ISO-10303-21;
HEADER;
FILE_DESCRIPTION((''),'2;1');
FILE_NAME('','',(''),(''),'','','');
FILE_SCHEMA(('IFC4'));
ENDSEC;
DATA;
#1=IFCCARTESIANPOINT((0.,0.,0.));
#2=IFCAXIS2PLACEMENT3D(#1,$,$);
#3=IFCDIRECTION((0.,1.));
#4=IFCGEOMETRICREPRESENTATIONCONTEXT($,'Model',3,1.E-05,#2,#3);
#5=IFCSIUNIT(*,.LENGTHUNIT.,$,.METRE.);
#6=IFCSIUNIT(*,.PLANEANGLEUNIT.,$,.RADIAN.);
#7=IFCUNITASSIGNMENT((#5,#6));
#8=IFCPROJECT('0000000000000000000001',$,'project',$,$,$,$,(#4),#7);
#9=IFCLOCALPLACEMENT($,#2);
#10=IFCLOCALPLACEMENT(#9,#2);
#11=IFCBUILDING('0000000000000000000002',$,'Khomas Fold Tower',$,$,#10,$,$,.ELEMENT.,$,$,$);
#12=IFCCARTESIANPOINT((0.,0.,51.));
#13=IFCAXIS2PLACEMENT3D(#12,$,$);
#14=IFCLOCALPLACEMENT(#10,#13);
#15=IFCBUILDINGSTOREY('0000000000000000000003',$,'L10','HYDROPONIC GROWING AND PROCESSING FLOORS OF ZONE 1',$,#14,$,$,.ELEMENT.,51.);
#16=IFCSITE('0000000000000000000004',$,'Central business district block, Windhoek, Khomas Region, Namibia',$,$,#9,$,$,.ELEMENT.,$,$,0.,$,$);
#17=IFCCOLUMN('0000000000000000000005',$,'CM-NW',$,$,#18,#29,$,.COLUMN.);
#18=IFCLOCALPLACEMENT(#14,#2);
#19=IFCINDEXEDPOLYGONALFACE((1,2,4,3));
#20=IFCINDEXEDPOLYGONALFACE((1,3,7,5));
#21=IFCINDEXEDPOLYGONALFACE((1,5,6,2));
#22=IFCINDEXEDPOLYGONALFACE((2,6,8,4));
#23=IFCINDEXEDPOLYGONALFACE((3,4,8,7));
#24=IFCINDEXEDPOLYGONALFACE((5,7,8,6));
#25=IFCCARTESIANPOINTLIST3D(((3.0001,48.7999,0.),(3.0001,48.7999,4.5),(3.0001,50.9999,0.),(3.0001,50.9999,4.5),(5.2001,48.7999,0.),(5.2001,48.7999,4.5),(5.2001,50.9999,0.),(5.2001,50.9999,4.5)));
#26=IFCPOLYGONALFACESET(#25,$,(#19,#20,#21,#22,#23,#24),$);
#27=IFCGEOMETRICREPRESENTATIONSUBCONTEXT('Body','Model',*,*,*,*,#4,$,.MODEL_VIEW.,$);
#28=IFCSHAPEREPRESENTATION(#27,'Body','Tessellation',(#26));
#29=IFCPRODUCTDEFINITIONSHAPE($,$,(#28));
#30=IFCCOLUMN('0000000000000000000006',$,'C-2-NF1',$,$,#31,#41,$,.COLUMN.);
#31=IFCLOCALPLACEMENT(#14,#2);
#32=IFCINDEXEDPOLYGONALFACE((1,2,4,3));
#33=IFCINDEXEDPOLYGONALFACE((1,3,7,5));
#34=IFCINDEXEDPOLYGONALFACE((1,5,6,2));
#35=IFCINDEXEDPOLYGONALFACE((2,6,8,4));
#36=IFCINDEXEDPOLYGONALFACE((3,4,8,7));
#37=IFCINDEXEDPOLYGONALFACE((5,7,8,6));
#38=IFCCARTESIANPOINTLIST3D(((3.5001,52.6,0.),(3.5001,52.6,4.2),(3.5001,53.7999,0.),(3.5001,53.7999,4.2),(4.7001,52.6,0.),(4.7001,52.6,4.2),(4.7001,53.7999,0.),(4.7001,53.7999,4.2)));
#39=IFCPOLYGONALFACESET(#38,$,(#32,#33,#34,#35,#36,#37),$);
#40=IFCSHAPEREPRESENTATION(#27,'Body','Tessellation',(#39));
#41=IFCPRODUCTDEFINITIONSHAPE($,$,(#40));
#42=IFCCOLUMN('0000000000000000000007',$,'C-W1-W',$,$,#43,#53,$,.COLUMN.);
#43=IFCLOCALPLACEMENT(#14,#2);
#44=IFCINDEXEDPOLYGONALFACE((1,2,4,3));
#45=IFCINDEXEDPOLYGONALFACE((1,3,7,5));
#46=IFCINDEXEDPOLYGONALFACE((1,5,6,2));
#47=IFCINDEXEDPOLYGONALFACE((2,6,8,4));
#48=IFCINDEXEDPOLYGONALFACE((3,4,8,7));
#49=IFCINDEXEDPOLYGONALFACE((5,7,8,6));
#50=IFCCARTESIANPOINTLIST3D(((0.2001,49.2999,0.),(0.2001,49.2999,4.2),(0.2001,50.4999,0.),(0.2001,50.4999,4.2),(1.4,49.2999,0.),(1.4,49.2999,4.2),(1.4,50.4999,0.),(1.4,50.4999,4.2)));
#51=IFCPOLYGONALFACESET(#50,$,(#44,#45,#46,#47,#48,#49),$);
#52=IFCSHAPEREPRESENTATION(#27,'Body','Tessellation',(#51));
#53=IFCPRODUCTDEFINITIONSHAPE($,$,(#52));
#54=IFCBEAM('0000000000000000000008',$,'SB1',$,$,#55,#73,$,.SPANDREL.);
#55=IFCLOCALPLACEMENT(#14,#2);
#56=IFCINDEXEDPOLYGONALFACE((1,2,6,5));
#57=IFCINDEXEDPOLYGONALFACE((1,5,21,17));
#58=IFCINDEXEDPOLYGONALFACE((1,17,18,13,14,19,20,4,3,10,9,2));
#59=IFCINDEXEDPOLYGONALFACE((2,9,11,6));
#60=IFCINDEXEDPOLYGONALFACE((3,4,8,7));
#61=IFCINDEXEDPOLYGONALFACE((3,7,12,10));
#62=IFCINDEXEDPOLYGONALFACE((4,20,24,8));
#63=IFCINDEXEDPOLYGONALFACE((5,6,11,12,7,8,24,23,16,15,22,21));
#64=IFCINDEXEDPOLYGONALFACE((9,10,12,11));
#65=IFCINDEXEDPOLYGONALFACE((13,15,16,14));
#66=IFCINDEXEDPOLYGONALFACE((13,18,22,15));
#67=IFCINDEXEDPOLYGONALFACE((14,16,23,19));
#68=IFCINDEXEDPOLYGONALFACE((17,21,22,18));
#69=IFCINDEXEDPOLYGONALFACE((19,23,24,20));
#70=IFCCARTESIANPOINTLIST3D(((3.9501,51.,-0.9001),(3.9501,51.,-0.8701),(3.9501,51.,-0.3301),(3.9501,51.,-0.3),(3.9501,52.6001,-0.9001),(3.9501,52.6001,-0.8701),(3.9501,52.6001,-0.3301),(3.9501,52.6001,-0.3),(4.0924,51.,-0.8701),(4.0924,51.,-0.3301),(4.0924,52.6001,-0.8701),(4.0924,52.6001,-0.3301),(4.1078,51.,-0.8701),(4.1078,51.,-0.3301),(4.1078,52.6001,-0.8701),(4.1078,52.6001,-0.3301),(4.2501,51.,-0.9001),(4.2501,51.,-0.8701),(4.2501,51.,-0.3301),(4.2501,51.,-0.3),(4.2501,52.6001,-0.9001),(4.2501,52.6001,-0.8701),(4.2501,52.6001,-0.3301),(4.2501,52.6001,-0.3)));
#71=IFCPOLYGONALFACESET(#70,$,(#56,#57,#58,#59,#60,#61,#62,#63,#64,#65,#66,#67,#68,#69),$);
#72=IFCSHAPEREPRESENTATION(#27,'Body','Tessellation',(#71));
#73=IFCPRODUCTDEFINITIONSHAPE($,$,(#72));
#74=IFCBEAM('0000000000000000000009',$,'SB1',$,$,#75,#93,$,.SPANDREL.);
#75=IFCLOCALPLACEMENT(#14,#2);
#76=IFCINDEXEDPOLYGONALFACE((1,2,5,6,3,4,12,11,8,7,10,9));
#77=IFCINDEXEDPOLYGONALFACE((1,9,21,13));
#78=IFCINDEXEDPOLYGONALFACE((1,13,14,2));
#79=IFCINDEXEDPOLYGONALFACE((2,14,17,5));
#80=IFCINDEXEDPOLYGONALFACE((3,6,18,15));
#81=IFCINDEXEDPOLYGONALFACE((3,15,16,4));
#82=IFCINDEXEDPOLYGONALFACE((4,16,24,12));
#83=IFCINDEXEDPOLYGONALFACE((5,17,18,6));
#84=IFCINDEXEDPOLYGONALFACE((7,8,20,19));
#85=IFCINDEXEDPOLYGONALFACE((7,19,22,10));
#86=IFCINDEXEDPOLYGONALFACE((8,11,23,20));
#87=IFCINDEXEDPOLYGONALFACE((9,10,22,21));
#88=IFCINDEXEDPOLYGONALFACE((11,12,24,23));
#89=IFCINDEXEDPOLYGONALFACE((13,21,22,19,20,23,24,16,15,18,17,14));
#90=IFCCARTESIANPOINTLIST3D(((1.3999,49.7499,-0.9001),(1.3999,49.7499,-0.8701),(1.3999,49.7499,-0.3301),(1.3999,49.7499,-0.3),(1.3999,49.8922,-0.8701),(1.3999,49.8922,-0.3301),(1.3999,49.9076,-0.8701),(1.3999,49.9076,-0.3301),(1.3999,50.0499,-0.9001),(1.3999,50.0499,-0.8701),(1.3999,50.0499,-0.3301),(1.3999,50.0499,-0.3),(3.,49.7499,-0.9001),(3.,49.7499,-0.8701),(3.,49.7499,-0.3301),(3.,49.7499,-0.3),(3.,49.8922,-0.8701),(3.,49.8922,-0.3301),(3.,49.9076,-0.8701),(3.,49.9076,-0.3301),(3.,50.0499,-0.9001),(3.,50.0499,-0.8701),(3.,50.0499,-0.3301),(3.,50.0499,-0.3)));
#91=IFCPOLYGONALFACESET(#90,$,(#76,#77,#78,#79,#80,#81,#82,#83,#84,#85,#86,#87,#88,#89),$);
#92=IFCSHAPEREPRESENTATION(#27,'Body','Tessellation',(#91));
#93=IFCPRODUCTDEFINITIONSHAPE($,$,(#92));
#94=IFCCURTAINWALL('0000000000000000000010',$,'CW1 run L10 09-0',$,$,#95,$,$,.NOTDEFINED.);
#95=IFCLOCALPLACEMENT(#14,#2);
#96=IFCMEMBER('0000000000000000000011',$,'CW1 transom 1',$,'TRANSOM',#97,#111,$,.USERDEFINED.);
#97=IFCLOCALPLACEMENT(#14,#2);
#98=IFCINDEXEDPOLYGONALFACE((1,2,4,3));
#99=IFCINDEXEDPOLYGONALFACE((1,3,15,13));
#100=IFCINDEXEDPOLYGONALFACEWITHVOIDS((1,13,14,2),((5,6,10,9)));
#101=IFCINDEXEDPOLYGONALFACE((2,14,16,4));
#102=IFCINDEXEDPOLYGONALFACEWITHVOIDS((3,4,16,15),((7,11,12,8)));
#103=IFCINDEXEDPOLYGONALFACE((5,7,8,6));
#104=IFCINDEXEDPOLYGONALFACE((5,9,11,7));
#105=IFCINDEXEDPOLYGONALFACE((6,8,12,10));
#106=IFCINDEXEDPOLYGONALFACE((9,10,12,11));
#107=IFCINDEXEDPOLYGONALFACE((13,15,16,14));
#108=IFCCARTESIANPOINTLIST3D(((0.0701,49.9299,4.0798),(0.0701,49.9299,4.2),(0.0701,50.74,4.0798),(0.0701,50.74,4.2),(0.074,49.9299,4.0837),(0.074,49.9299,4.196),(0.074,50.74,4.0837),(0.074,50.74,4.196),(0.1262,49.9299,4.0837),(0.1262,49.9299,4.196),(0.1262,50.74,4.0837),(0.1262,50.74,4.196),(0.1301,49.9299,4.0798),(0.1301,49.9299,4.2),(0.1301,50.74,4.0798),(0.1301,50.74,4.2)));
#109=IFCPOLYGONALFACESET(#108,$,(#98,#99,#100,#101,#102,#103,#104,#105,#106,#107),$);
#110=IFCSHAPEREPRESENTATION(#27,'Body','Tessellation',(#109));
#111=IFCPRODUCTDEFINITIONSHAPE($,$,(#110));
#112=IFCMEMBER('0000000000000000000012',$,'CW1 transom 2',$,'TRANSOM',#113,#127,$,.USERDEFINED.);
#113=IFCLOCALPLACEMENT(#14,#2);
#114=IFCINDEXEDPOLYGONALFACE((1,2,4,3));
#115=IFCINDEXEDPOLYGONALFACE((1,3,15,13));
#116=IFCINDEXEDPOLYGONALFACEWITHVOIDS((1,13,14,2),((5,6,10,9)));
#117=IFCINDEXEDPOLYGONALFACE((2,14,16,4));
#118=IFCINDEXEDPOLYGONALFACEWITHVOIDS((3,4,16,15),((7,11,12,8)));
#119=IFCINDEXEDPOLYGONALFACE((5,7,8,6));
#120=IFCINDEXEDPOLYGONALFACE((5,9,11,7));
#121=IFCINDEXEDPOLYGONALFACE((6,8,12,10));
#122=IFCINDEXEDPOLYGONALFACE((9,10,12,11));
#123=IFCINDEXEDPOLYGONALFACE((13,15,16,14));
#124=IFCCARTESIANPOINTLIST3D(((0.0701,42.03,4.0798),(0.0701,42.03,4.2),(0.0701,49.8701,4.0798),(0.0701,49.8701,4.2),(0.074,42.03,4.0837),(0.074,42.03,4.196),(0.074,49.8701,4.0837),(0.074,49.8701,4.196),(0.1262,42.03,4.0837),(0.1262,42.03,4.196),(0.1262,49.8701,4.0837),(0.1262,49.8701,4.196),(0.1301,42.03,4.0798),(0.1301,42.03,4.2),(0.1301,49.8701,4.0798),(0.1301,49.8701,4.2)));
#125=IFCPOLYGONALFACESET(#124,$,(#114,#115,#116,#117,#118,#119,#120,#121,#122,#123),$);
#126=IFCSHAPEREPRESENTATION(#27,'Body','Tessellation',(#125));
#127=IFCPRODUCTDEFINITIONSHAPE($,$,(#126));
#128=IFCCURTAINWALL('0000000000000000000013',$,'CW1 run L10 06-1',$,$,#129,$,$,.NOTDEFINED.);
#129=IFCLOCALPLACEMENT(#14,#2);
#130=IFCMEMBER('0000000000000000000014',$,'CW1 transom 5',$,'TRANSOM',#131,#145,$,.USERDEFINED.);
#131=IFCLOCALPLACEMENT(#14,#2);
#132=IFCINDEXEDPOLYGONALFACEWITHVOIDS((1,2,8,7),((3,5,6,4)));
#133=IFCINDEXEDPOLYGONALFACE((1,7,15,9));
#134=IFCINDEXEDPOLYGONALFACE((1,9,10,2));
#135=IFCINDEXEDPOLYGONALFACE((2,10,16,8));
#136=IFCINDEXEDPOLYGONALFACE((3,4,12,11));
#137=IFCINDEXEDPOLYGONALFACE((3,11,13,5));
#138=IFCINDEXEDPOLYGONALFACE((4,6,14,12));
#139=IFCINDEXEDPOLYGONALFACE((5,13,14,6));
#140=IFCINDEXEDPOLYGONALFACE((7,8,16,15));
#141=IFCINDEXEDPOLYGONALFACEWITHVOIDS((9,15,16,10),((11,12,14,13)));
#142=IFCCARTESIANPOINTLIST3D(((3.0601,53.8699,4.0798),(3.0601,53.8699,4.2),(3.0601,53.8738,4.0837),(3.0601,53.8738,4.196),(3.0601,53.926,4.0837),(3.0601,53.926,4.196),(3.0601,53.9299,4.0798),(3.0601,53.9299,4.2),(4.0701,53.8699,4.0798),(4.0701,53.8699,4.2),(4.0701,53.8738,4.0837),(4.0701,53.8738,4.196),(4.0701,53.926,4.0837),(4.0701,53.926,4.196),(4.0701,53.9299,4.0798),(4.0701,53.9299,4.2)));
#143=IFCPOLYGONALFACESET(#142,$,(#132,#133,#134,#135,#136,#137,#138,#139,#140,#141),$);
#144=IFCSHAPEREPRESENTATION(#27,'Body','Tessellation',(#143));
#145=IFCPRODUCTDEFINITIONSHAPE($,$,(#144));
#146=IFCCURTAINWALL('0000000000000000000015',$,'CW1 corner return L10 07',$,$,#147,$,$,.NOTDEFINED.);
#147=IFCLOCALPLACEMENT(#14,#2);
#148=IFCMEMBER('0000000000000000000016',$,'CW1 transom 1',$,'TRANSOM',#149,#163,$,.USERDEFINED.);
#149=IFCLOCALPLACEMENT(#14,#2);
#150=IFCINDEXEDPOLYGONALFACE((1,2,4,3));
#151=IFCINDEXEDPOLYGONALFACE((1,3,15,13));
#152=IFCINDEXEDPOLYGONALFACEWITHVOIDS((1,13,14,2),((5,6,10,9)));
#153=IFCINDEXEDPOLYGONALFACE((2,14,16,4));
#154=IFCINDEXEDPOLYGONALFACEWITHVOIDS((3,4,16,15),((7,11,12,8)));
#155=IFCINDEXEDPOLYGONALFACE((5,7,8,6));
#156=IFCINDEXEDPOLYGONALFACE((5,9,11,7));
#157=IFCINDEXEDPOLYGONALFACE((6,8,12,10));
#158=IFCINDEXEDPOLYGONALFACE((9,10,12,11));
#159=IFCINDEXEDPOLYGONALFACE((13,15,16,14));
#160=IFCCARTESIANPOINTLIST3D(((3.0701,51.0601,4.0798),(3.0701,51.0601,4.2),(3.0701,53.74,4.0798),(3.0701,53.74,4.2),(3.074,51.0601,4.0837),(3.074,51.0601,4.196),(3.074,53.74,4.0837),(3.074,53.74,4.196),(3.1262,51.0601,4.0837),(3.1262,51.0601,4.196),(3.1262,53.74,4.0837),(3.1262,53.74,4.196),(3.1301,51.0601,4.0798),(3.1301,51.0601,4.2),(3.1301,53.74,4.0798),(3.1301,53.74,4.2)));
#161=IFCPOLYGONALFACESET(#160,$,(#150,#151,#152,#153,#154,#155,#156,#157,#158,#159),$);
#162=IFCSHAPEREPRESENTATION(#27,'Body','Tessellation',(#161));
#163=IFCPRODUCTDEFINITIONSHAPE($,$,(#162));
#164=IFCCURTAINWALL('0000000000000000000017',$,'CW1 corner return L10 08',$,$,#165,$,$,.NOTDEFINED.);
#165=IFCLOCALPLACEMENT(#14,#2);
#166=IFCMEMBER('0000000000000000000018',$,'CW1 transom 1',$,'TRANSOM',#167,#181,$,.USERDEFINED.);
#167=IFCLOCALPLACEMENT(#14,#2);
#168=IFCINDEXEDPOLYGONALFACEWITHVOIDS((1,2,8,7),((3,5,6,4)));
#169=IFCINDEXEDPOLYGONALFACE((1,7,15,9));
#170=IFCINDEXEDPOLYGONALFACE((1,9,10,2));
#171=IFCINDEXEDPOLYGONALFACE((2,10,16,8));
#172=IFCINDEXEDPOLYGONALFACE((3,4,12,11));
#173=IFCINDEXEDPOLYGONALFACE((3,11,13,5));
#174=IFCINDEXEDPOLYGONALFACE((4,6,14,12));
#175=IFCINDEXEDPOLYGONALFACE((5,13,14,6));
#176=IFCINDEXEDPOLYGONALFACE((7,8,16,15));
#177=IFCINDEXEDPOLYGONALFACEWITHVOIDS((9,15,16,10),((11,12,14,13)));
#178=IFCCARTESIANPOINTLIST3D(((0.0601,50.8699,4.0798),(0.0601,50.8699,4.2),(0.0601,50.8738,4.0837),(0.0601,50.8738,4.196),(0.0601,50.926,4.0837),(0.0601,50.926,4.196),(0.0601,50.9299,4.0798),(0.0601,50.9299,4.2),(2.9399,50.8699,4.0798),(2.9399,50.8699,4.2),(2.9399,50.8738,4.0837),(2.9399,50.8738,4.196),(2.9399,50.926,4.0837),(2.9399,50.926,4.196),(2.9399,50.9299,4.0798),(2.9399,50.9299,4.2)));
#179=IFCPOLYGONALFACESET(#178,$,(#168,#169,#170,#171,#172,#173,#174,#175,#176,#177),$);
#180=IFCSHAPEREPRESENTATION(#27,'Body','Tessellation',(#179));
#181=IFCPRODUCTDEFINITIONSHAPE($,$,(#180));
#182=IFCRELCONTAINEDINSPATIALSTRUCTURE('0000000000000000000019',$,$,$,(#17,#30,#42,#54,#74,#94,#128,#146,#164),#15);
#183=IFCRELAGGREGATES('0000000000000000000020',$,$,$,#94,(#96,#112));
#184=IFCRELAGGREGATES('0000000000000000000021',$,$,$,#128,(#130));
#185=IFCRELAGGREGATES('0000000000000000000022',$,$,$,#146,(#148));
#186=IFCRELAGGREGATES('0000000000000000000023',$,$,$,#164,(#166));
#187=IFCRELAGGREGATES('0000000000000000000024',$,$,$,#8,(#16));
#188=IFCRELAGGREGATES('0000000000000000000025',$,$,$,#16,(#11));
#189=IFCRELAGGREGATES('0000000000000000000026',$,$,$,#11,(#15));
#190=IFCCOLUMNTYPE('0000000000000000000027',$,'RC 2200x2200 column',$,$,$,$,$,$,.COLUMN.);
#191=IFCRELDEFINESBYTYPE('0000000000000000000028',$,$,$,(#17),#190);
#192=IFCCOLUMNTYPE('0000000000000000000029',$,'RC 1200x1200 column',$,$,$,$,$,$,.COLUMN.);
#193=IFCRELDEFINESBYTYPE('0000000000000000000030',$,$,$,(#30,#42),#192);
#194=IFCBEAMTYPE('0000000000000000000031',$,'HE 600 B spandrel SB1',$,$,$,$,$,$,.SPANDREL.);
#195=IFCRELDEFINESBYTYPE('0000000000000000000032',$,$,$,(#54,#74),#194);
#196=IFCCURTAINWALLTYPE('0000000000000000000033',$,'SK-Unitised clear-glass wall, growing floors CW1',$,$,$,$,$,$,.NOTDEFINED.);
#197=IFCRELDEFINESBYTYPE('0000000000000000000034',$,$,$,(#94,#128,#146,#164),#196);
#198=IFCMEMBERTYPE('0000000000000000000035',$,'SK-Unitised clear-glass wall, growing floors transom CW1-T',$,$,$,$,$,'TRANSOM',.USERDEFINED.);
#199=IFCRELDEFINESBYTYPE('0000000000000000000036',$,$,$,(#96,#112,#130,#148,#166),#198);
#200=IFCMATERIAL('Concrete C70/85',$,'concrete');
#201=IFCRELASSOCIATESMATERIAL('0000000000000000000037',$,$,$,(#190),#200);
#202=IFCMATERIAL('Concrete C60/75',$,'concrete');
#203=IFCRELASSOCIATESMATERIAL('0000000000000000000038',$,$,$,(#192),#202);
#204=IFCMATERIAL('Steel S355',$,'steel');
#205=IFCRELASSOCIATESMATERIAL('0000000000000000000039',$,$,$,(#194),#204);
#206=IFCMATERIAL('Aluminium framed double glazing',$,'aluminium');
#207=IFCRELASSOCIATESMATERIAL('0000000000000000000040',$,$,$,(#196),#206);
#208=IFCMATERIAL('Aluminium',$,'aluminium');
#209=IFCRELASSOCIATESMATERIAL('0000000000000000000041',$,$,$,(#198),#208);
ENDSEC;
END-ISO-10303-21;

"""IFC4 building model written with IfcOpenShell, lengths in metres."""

from ifc_helpers import new_model, si_unit, direction, frame, origin, origin_2d, place, context, subcontext, project, spatial, rectangle, hollow_rectangle, i_section, extrude, source, transform, mapped, material, material_profile, profile_set, type_object, element, aggregate, save


model = new_model("IFC4")

# Units and contexts
model_context = context("Model", 3, precision=1e-05, world=origin(), true_north=direction((0.0, 1.0)))
body_context = subcontext(model_context, "Body", "Model", "MODEL_VIEW")
ifc_project = project(units=[si_unit("LENGTHUNIT", "METRE"), si_unit("PLANEANGLEUNIT", "RADIAN")], contexts=[model_context])

# Site, building, storey
site_placement = place(None, origin())
site = spatial("IfcSite", under=ifc_project, at=site_placement, Name="Central business district block, Windhoek, Khomas Region, Namibia", CompositionType="ELEMENT", RefElevation=0.0)
building_placement = place(site_placement, origin())
building = spatial("IfcBuilding", under=site, at=building_placement, Name="Khomas Fold Tower", CompositionType="ELEMENT")
storey_placement = place(building_placement, frame((0.0, 0.0, 51.0)))
storey = spatial("IfcBuildingStorey", under=building, at=storey_placement, Name="L10", Description="HYDROPONIC GROWING AND PROCESSING FLOORS OF ZONE 1", CompositionType="ELEMENT", Elevation=51.0)

# Columns
ifc_material_1 = material(Name="Concrete C70/85", Category="concrete")
ifc_material_profile_1 = material_profile(ifc_material_1, rectangle(XDim=2.2, YDim=2.2, at=origin_2d()), Name="RC 2200x2200")
ifc_profile_set_1 = profile_set([ifc_material_profile_1], Name="Concrete C70/85")
column_type_1 = type_object("IfcColumnType", Name="RC 2200x2200 column", PredefinedType="COLUMN", material=ifc_profile_set_1)
shared_shape_1 = source(origin(), body_context, "Body", "SweptSolid", [
    extrude(rectangle(XDim=2.2, YDim=2.2, at=origin_2d()), origin(), (0.0, 0.0, 1.0), 4.5),
])
column_placement = place(storey_placement, frame((4.1001, 49.8999, 0.0), z_axis=(0.0, 0.0, 1.0), x_axis=(1.0, 0.0, 0.0)))
element("IfcColumn", 1, at=column_placement, inside=storey, type_object=column_type_1, Name="CM-NW", PredefinedType="COLUMN", context=body_context, shape_type="MappedRepresentation", body=[
    mapped(shared_shape_1, transform((0.0, 0.0, 0.0))),
])
ifc_material_2 = material(Name="Concrete C60/75", Category="concrete")
ifc_material_profile_2 = material_profile(ifc_material_2, rectangle(XDim=1.2, YDim=1.2, at=origin_2d()), Name="RC 1200x1200")
ifc_profile_set_2 = profile_set([ifc_material_profile_2], Name="Concrete C60/75")
column_type_2 = type_object("IfcColumnType", Name="RC 1200x1200 column", PredefinedType="COLUMN", material=ifc_profile_set_2)
shared_shape_2 = source(origin(), body_context, "Body", "SweptSolid", [
    extrude(rectangle(XDim=1.2, YDim=1.2, at=origin_2d()), origin(), (0.0, 0.0, 1.0), 4.2),
])
for number, where, z_axis, x_axis, name in (
    (2, (4.1001, 53.2, 0.0), (0.0, 0.0, 1.0), (1.0, 0.0, 0.0), "C-2-NF1"),
    (3, (0.8, 49.8999, 0.0), (0.0, 0.0, 1.0), (1.0, 0.0, 0.0), "C-W1-W"),
):
    element("IfcColumn", number, at=place(storey_placement, frame(where, z_axis=z_axis, x_axis=x_axis)), inside=storey, type_object=column_type_2, Name=name, PredefinedType="COLUMN", context=body_context, shape_type="MappedRepresentation", body=[
        mapped(shared_shape_2, transform((0.0, 0.0, 0.0))),
    ])

# Beams
ifc_material_3 = material(Name="Steel S355", Category="steel")
ifc_material_profile_3 = material_profile(ifc_material_3, i_section(OverallWidth=0.3, OverallDepth=0.6001, WebThickness=0.0154, FlangeThickness=0.03, at=origin_2d()), Name="HE 600 B")
ifc_profile_set_3 = profile_set([ifc_material_profile_3], Name="Steel S355")
beam_type = type_object("IfcBeamType", Name="HE 600 B spandrel SB1", PredefinedType="SPANDREL", material=ifc_profile_set_3)
shared_shape_3 = source(origin(), body_context, "Body", "SweptSolid", [
    extrude(i_section(OverallWidth=0.3, OverallDepth=0.6001, WebThickness=0.0154, FlangeThickness=0.03, at=origin_2d()), origin(), (0.0, 0.0, 1.0), 1.6001),
])
for number, where, z_axis, x_axis, name in (
    (4, (4.1001, 51.0, -0.6001), (0.0, 1.0, 0.0), (-1.0, 0.0, 0.0), "SB1"),
    (5, (1.3999, 49.8999, -0.6001), (1.0, 0.0, 0.0), (0.0, 1.0, 0.0), "SB1"),
):
    element("IfcBeam", number, at=place(storey_placement, frame(where, z_axis=z_axis, x_axis=x_axis)), inside=storey, type_object=beam_type, Name=name, PredefinedType="SPANDREL", context=body_context, shape_type="MappedRepresentation", body=[
        mapped(shared_shape_3, transform((0.0, 0.0, 0.0))),
    ])

# Curtain wall, members
ifc_material_4 = material(Name="Aluminium framed double glazing", Category="aluminium")
curtain_wall_type = type_object("IfcCurtainWallType", Name="SK-Unitised clear-glass wall, growing floors CW1", PredefinedType="NOTDEFINED", material=ifc_material_4)
curtain_wall_1_placement = place(storey_placement, origin())
curtain_wall_1 = element("IfcCurtainWall", 6, at=curtain_wall_1_placement, inside=storey, type_object=curtain_wall_type, Name="CW1 run L10 09-0", PredefinedType="NOTDEFINED")
ifc_material_5 = material(Name="Aluminium", Category="aluminium")
ifc_material_profile_4 = material_profile(ifc_material_5, hollow_rectangle(XDim=0.0601, YDim=0.1201, WallThickness=0.0039, at=origin_2d()), Name="SK-Unitised clear-glass wall, growing floors transom CW1-T")
ifc_profile_set_4 = profile_set([ifc_material_profile_4], Name="Aluminium")
member_type_1 = type_object("IfcMemberType", Name="SK-Unitised clear-glass wall, growing floors transom CW1-T", ElementType="TRANSOM", PredefinedType="USERDEFINED", material=ifc_profile_set_4)
shared_shape_4 = source(origin(), body_context, "Body", "SweptSolid", [
    extrude(hollow_rectangle(XDim=0.0601, YDim=0.1201, WallThickness=0.0039, at=origin_2d()), origin(), (0.0, 0.0, 1.0), 0.8101),
])
member_1_placement = place(storey_placement, frame((0.1001, 50.74, 4.1399), z_axis=(0.0, -1.0, 0.0), x_axis=(1.0, 0.0, 0.0)))
member_1 = element("IfcMember", 7, at=member_1_placement, type_object=member_type_1, Name="CW1 transom 1", ObjectType="TRANSOM", PredefinedType="USERDEFINED", context=body_context, shape_type="MappedRepresentation", body=[
    mapped(shared_shape_4, transform((0.0, 0.0, 0.0))),
])
shared_shape_5 = source(origin(), body_context, "Body", "SweptSolid", [
    extrude(hollow_rectangle(XDim=0.0601, YDim=0.1201, WallThickness=0.0039, at=origin_2d()), origin(), (0.0, 0.0, 1.0), 7.8401),
])
member_2_placement = place(storey_placement, frame((0.1001, 49.8701, 4.1399), z_axis=(0.0, -1.0, 0.0), x_axis=(1.0, 0.0, 0.0)))
member_2 = element("IfcMember", 8, at=member_2_placement, type_object=member_type_1, Name="CW1 transom 2", ObjectType="TRANSOM", PredefinedType="USERDEFINED", context=body_context, shape_type="MappedRepresentation", body=[
    mapped(shared_shape_5, transform((0.0, 0.0, 0.0))),
])

# Curtain walls, members
curtain_wall_2_placement = place(storey_placement, origin())
curtain_wall_2 = element("IfcCurtainWall", 9, at=curtain_wall_2_placement, inside=storey, type_object=curtain_wall_type, Name="CW1 run L10 06-1", PredefinedType="NOTDEFINED")
shared_shape_6 = source(origin(), body_context, "Body", "SweptSolid", [
    extrude(hollow_rectangle(XDim=0.0601, YDim=0.1201, WallThickness=0.0039, at=origin_2d()), origin(), (0.0, 0.0, 1.0), 1.01),
])
member_3_placement = place(storey_placement, frame((4.0701, 53.8999, 4.1399), z_axis=(-1.0, 0.0, 0.0), x_axis=(0.0, -1.0, 0.0)))
member_3 = element("IfcMember", 10, at=member_3_placement, type_object=member_type_1, Name="CW1 transom 5", ObjectType="TRANSOM", PredefinedType="USERDEFINED", context=body_context, shape_type="MappedRepresentation", body=[
    mapped(shared_shape_6, transform((0.0, 0.0, 0.0))),
])
curtain_wall_3_placement = place(storey_placement, origin())
curtain_wall_3 = element("IfcCurtainWall", 11, at=curtain_wall_3_placement, inside=storey, type_object=curtain_wall_type, Name="CW1 corner return L10 07", PredefinedType="NOTDEFINED")
shared_shape_7 = source(origin(), body_context, "Body", "SweptSolid", [
    extrude(hollow_rectangle(XDim=0.0601, YDim=0.1201, WallThickness=0.0039, at=origin_2d()), origin(), (0.0, 0.0, 1.0), 2.6799),
])
member_4_placement = place(storey_placement, frame((3.1001, 53.74, 4.1399), z_axis=(0.0, -1.0, 0.0), x_axis=(1.0, 0.0, 0.0)))
member_4 = element("IfcMember", 12, at=member_4_placement, type_object=member_type_1, Name="CW1 transom 1", ObjectType="TRANSOM", PredefinedType="USERDEFINED", context=body_context, shape_type="MappedRepresentation", body=[
    mapped(shared_shape_7, transform((0.0, 0.0, 0.0))),
])
curtain_wall_4_placement = place(storey_placement, origin())
curtain_wall_4 = element("IfcCurtainWall", 13, at=curtain_wall_4_placement, inside=storey, type_object=curtain_wall_type, Name="CW1 corner return L10 08", PredefinedType="NOTDEFINED")
shared_shape_8 = source(origin(), body_context, "Body", "SweptSolid", [
    extrude(hollow_rectangle(XDim=0.0601, YDim=0.1201, WallThickness=0.0039, at=origin_2d()), origin(), (0.0, 0.0, 1.0), 2.8799),
])
member_5_placement = place(storey_placement, frame((2.9399, 50.8999, 4.1399), z_axis=(-1.0, 0.0, 0.0), x_axis=(0.0, -1.0, 0.0)))
member_5 = element("IfcMember", 14, at=member_5_placement, type_object=member_type_1, Name="CW1 transom 1", ObjectType="TRANSOM", PredefinedType="USERDEFINED", context=body_context, shape_type="MappedRepresentation", body=[
    mapped(shared_shape_8, transform((0.0, 0.0, 0.0))),
])

aggregate(curtain_wall_1, [member_1, member_2])
aggregate(curtain_wall_2, [member_3])
aggregate(curtain_wall_3, [member_4])
aggregate(curtain_wall_4, [member_5])

save(model, "model.ifc")
